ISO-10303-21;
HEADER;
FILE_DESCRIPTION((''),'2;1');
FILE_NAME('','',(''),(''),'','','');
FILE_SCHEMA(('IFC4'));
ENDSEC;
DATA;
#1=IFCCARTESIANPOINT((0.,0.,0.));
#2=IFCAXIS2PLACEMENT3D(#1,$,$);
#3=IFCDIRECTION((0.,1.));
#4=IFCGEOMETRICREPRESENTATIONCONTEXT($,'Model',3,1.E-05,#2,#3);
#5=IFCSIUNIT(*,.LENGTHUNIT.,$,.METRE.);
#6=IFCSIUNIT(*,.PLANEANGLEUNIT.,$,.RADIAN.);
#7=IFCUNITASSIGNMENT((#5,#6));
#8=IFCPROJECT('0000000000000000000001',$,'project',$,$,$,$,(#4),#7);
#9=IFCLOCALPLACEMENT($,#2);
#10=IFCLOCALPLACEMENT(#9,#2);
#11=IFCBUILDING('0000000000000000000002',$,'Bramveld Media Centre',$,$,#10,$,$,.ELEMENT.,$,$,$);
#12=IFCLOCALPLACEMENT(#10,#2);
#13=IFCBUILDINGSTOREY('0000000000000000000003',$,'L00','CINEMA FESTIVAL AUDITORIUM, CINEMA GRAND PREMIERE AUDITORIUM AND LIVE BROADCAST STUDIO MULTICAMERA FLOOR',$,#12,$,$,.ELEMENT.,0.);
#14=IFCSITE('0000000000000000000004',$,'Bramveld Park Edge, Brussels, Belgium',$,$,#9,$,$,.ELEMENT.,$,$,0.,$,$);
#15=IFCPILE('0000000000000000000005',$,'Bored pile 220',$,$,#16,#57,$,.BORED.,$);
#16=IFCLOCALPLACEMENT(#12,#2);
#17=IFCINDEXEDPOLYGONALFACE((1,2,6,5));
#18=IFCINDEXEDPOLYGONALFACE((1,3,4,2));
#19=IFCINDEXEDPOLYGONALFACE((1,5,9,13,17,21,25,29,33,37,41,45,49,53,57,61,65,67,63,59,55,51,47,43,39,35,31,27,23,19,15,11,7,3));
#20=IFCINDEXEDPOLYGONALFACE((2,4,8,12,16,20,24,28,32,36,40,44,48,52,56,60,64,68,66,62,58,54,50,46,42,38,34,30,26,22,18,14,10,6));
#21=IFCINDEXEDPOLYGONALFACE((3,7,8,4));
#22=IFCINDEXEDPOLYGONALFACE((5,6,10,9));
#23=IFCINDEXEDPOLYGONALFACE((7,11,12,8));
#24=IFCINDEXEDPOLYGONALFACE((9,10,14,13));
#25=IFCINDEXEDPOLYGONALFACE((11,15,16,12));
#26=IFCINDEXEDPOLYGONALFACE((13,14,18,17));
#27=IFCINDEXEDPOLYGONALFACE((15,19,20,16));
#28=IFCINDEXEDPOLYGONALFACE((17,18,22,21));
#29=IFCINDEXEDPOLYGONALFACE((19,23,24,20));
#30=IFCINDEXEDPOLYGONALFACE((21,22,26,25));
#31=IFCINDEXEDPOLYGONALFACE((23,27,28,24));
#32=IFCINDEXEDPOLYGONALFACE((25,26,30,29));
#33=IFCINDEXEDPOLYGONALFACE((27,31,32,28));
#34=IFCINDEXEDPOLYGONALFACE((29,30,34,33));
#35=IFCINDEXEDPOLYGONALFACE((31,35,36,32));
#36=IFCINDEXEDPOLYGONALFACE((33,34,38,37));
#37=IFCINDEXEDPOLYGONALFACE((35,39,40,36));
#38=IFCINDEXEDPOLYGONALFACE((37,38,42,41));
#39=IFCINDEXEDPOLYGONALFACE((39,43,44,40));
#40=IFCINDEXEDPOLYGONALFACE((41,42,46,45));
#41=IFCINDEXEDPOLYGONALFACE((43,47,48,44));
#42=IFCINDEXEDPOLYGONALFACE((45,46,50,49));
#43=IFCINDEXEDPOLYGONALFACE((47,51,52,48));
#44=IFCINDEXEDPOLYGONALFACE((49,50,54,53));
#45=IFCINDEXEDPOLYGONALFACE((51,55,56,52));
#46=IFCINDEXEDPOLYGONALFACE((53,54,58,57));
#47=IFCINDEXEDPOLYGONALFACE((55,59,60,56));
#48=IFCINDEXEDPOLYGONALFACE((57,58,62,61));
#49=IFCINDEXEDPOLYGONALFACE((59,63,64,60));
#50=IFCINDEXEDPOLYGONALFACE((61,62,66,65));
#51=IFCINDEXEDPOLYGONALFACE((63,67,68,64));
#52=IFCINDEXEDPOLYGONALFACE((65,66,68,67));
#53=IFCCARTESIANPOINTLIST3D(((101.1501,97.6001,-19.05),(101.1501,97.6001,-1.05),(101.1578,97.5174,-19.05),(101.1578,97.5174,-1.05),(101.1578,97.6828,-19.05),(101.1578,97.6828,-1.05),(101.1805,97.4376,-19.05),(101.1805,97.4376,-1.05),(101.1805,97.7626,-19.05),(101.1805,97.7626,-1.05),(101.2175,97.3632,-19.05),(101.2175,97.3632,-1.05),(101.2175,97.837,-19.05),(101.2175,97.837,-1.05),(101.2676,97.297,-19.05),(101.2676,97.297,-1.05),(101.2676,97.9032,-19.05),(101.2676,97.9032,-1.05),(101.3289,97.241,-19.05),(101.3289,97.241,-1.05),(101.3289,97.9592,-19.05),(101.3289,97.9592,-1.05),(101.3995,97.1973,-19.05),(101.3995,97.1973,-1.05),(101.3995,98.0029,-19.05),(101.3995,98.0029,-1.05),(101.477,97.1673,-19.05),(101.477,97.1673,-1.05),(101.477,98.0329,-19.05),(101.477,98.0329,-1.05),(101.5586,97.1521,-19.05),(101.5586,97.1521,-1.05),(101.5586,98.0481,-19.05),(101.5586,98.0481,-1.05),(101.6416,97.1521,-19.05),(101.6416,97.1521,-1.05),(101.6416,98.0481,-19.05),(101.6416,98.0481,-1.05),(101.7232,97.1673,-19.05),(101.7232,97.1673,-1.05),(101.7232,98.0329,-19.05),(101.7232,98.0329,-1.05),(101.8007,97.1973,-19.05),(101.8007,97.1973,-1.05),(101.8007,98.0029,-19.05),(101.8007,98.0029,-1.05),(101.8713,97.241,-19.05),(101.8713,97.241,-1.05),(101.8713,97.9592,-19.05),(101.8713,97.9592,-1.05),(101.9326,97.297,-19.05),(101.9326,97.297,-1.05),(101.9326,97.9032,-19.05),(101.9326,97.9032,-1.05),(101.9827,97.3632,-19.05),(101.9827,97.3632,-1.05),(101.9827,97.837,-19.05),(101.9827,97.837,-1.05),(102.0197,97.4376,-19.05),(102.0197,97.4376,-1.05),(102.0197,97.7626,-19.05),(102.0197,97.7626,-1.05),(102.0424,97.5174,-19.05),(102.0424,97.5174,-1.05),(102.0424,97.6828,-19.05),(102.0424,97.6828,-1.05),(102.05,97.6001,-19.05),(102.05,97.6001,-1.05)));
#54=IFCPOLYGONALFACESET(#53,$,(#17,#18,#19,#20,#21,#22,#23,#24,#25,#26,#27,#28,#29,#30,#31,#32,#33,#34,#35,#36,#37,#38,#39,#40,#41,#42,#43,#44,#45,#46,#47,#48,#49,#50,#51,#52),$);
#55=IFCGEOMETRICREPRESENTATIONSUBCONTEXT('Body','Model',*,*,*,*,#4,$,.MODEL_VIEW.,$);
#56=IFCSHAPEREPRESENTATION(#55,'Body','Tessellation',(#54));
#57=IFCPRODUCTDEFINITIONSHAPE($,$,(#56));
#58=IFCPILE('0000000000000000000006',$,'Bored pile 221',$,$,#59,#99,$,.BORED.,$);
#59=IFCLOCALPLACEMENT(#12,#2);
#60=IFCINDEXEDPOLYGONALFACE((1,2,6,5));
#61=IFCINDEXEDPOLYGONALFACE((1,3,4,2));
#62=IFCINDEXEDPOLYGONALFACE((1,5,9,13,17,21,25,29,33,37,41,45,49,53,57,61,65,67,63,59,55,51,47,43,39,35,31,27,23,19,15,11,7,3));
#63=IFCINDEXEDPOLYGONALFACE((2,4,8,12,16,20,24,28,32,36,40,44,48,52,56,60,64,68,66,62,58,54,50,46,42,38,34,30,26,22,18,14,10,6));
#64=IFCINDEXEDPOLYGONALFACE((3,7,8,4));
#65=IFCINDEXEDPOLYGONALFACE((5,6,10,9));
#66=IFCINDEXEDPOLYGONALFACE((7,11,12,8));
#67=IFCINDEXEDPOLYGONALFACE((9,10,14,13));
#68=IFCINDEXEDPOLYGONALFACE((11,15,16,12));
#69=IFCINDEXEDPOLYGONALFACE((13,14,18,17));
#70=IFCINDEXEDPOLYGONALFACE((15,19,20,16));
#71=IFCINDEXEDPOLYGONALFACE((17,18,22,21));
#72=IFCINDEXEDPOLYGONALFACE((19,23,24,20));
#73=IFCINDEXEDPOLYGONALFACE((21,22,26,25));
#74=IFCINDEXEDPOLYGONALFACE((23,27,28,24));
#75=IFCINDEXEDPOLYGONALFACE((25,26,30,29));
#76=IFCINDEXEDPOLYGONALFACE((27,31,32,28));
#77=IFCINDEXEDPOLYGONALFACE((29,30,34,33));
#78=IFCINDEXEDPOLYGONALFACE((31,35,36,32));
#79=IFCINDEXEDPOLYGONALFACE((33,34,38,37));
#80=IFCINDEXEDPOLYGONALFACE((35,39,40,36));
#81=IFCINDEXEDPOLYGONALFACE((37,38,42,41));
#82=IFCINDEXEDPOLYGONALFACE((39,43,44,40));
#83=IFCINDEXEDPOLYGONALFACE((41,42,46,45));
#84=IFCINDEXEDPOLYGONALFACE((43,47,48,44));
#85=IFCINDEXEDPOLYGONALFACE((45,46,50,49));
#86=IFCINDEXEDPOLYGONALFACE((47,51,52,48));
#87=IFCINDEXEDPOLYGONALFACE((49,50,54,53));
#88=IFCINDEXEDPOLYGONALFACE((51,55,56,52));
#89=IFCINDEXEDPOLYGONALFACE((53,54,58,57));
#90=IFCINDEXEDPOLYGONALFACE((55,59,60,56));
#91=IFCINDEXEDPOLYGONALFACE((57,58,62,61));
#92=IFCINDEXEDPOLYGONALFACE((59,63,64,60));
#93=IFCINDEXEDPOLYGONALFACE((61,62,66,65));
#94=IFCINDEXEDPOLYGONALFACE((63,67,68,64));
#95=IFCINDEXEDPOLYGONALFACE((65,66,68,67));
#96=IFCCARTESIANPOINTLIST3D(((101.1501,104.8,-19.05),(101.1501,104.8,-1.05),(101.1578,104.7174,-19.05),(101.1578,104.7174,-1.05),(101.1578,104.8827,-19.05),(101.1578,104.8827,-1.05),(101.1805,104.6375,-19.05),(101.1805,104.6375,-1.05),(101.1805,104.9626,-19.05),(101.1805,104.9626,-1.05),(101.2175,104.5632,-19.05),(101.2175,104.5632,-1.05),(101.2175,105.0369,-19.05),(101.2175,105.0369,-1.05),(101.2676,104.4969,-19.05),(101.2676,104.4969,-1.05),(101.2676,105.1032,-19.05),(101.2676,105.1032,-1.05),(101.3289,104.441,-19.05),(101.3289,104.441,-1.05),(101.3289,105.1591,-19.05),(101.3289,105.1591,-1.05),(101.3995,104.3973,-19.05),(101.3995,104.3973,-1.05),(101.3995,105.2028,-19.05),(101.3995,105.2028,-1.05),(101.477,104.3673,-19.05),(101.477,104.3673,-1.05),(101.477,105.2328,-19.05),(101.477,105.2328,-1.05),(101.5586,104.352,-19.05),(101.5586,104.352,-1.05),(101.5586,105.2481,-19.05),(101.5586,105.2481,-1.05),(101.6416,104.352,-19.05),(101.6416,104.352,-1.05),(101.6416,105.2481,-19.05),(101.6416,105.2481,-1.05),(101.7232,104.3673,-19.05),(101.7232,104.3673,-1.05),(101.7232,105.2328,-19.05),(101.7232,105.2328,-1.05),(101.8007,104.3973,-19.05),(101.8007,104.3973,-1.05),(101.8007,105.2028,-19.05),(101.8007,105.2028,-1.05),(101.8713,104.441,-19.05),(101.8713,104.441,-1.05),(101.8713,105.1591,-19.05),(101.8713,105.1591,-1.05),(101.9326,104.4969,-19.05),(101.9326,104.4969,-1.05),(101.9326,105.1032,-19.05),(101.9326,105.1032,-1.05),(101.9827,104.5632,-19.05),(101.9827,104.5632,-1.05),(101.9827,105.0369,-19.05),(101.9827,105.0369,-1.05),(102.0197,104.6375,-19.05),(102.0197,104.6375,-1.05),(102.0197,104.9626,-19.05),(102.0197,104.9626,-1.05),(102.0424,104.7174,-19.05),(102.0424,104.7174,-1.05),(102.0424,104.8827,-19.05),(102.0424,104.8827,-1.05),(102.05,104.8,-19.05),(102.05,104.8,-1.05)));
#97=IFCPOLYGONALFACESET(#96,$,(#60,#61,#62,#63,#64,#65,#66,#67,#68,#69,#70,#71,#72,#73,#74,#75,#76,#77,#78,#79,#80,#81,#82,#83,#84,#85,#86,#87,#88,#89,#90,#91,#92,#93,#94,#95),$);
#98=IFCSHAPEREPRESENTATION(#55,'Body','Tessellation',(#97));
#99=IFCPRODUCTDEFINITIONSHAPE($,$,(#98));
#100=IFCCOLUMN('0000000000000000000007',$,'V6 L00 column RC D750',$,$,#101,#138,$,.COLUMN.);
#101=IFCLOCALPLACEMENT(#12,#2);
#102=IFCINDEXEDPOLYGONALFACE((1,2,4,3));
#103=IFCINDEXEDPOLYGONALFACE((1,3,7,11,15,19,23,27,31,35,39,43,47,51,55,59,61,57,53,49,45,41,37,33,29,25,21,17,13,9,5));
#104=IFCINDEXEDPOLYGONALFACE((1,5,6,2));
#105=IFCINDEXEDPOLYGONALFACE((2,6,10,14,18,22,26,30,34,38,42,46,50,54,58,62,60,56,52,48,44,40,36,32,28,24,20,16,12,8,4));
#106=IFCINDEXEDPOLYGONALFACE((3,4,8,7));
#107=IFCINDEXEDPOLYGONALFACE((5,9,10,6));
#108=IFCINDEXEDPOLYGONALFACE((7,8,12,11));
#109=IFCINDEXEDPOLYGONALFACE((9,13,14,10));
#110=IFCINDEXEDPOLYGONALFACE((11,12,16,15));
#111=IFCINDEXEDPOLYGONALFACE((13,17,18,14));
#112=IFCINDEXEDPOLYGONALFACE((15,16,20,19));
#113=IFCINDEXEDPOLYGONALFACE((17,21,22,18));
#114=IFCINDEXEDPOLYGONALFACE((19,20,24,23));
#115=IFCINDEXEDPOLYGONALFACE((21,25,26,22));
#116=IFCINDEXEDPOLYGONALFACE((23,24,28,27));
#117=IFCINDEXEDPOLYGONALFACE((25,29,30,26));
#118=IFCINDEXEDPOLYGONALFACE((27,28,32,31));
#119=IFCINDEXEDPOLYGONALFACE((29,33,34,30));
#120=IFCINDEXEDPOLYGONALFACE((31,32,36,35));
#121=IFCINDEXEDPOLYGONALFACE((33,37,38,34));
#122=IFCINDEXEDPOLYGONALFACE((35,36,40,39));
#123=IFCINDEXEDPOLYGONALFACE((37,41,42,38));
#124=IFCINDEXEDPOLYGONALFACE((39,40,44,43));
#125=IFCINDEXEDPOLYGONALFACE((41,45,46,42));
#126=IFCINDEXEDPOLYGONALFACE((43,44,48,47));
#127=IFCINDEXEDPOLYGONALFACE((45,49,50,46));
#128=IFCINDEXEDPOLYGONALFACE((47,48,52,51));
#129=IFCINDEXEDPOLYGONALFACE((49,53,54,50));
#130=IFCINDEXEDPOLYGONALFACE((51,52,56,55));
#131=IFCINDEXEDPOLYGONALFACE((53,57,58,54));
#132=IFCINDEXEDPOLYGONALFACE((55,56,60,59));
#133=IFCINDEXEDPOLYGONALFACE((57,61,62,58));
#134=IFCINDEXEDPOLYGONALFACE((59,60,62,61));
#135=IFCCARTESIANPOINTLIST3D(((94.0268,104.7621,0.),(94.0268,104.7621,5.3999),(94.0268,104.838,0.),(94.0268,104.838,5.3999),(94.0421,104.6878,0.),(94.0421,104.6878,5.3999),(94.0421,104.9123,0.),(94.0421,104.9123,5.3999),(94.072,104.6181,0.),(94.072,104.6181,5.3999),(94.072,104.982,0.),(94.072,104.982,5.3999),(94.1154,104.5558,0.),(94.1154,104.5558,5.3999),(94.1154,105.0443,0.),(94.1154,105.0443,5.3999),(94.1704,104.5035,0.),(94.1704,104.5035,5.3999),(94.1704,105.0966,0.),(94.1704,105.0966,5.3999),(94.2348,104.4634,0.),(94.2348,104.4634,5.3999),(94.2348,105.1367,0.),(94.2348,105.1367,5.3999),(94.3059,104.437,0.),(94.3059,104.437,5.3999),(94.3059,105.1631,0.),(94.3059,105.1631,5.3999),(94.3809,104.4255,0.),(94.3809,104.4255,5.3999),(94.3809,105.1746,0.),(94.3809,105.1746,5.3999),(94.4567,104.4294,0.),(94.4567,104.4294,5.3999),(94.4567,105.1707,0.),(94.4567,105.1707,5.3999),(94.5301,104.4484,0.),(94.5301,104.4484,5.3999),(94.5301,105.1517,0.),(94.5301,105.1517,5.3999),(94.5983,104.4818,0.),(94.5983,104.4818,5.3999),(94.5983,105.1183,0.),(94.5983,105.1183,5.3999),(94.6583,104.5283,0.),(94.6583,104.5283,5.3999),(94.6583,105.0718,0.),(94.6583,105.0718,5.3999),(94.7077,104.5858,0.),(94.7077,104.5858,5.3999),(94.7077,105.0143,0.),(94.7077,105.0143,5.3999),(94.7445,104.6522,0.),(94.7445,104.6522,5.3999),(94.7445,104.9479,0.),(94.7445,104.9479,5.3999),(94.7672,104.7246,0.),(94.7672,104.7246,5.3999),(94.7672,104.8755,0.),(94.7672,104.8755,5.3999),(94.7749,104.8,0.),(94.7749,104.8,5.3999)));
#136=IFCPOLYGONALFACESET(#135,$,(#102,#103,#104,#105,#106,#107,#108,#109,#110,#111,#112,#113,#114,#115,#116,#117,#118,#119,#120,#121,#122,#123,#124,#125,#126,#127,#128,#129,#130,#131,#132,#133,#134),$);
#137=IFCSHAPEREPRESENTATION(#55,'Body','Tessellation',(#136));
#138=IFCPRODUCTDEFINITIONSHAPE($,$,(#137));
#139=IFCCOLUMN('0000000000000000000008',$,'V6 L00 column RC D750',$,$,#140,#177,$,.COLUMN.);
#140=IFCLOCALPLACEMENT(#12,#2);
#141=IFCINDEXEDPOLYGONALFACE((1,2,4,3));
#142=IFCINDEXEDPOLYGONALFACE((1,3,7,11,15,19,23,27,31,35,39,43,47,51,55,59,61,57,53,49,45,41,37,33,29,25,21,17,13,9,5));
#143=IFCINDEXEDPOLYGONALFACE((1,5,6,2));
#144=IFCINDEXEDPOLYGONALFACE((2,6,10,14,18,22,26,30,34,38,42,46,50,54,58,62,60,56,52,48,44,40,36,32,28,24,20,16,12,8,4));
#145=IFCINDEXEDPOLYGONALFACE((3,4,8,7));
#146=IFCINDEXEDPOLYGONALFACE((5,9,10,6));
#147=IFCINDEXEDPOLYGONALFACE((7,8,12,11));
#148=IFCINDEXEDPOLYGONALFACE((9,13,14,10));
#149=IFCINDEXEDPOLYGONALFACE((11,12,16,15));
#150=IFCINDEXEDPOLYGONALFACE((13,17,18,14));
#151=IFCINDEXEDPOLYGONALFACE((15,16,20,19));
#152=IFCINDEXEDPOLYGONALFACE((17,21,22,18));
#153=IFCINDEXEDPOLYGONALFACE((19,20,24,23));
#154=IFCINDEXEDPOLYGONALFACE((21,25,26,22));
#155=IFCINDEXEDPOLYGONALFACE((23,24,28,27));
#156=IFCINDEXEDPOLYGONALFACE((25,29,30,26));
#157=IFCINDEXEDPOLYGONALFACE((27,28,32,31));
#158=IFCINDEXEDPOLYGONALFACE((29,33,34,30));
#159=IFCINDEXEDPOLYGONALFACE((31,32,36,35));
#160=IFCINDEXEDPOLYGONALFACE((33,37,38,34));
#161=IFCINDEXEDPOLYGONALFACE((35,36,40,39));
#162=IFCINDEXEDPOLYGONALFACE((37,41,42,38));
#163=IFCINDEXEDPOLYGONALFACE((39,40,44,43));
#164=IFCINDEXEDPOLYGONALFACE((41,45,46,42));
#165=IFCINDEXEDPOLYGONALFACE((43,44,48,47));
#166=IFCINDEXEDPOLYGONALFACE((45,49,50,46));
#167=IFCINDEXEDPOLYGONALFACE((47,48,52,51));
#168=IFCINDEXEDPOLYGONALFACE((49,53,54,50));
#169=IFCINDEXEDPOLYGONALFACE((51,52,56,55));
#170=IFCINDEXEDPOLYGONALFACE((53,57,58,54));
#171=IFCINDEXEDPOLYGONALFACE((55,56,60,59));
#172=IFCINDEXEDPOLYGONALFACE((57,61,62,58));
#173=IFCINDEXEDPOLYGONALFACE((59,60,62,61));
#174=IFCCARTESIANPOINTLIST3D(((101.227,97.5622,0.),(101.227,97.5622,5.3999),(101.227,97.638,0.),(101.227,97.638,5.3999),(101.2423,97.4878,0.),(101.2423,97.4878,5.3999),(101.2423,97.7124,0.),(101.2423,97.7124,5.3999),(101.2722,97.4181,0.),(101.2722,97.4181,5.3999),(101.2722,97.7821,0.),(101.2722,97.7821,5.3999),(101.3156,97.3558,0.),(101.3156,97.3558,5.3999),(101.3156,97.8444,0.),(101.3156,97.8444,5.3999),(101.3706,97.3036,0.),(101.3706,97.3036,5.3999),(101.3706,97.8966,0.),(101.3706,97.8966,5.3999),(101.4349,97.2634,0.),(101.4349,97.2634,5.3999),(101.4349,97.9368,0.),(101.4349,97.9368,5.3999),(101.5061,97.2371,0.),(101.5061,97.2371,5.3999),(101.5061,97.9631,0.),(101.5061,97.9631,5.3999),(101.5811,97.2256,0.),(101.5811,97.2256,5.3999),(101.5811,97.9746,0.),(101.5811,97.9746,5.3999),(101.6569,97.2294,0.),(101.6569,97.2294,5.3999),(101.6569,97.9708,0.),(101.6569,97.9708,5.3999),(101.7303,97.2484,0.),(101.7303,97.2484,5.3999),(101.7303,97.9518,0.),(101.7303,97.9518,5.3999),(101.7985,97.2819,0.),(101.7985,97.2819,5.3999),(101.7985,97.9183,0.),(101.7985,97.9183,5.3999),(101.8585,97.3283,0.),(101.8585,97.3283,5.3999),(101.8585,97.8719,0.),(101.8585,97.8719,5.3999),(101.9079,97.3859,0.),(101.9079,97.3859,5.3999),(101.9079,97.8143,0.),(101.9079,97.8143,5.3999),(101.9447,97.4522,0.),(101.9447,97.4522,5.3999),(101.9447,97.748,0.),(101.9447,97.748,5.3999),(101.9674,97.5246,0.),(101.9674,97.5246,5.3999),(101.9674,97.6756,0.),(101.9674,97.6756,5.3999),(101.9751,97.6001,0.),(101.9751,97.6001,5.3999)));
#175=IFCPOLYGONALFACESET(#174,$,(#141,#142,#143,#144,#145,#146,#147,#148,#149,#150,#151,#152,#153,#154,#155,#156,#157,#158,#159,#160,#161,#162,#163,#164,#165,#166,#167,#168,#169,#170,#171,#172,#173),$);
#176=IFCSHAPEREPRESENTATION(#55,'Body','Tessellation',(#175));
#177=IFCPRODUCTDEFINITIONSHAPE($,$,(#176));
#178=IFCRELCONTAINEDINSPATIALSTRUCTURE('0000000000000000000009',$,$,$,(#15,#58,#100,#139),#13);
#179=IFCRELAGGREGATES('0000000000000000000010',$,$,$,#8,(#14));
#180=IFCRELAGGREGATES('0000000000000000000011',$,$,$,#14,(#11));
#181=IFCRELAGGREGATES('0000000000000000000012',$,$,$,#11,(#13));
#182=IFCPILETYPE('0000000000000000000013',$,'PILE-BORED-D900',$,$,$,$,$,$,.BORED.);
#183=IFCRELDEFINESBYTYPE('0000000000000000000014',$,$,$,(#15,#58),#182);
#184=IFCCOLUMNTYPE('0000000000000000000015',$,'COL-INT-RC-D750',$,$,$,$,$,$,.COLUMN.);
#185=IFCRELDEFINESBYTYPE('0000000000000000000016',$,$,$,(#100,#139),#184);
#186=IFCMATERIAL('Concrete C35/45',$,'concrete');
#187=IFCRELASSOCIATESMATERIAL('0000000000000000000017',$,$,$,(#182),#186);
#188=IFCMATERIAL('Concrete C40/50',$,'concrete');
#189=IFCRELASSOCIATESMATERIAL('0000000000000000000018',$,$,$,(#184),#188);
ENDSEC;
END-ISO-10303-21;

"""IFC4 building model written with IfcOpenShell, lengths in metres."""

from ifc_helpers import new_model, si_unit, direction, frame, origin, origin_2d, place, context, subcontext, project, spatial, circle, extrude, material, material_profile, profile_set, type_object, element, save


model = new_model("IFC4")

# Units and contexts
model_context = context("Model", 3, precision=1e-05, world=origin(), true_north=direction((0.0, 1.0)))
body_context = subcontext(model_context, "Body", "Model", "MODEL_VIEW")
ifc_project = project(units=[si_unit("LENGTHUNIT", "METRE"), si_unit("PLANEANGLEUNIT", "RADIAN")], contexts=[model_context])

# Site, building, storey
site_placement = place(None, origin())
site = spatial("IfcSite", under=ifc_project, at=site_placement, Name="Bramveld Park Edge, Brussels, Belgium", CompositionType="ELEMENT", RefElevation=0.0)
building_placement = place(site_placement, origin())
building = spatial("IfcBuilding", under=site, at=building_placement, Name="Bramveld Media Centre", CompositionType="ELEMENT")
storey_placement = place(building_placement, origin())
storey = spatial("IfcBuildingStorey", under=building, at=storey_placement, Name="L00", Description="CINEMA FESTIVAL AUDITORIUM, CINEMA GRAND PREMIERE AUDITORIUM AND LIVE BROADCAST STUDIO MULTICAMERA FLOOR", CompositionType="ELEMENT", Elevation=0.0)

# Piles
ifc_material_1 = material(Name="Concrete C35/45", Category="concrete")
ifc_material_profile_1 = material_profile(ifc_material_1, circle(Radius=0.45, at=origin_2d()), Name="BORED D900")
ifc_profile_set_1 = profile_set([ifc_material_profile_1], Name="Concrete C35/45")
pile_type = type_object("IfcPileType", Name="PILE-BORED-D900", PredefinedType="BORED", material=ifc_profile_set_1)
for number, where, z_axis, x_axis, name in (
    (1, (101.6001, 97.6001, -1.05), (0.0, 0.0, -1.0), (1.0, 0.0, 0.0), "Bored pile 220"),
    (2, (101.6001, 104.8, -1.05), (0.0, 0.0, -1.0), (1.0, 0.0, 0.0), "Bored pile 221"),
):
    element("IfcPile", number, at=place(storey_placement, frame(where, z_axis=z_axis, x_axis=x_axis)), inside=storey, type_object=pile_type, Name=name, PredefinedType="BORED", context=body_context, shape_type="SweptSolid", body=[
        extrude(circle(Radius=0.45, at=origin_2d()), origin(), (0.0, 0.0, 1.0), 18.0),
    ])

# Columns
ifc_material_2 = material(Name="Concrete C40/50", Category="concrete")
ifc_material_profile_2 = material_profile(ifc_material_2, circle(Radius=0.375, at=origin_2d()), Name="RC D750")
ifc_profile_set_2 = profile_set([ifc_material_profile_2], Name="Concrete C40/50")
column_type = type_object("IfcColumnType", Name="COL-INT-RC-D750", PredefinedType="COLUMN", material=ifc_profile_set_2)
for number, where, z_axis, x_axis, name in (
    (3, (94.3999, 104.8, 0.0), (0.0, 0.0, 1.0), (1.0, 0.0, 0.0), "V6 L00 column RC D750"),
    (4, (101.6001, 97.6001, 0.0), (0.0, 0.0, 1.0), (1.0, 0.0, 0.0), "V6 L00 column RC D750"),
):
    element("IfcColumn", number, at=place(storey_placement, frame(where, z_axis=z_axis, x_axis=x_axis)), inside=storey, type_object=column_type, Name=name, PredefinedType="COLUMN", context=body_context, shape_type="SweptSolid", body=[
        extrude(circle(Radius=0.375, at=origin_2d()), origin(), (0.0, 0.0, 1.0), 5.3999),
    ])

save(model, "model.ifc")
